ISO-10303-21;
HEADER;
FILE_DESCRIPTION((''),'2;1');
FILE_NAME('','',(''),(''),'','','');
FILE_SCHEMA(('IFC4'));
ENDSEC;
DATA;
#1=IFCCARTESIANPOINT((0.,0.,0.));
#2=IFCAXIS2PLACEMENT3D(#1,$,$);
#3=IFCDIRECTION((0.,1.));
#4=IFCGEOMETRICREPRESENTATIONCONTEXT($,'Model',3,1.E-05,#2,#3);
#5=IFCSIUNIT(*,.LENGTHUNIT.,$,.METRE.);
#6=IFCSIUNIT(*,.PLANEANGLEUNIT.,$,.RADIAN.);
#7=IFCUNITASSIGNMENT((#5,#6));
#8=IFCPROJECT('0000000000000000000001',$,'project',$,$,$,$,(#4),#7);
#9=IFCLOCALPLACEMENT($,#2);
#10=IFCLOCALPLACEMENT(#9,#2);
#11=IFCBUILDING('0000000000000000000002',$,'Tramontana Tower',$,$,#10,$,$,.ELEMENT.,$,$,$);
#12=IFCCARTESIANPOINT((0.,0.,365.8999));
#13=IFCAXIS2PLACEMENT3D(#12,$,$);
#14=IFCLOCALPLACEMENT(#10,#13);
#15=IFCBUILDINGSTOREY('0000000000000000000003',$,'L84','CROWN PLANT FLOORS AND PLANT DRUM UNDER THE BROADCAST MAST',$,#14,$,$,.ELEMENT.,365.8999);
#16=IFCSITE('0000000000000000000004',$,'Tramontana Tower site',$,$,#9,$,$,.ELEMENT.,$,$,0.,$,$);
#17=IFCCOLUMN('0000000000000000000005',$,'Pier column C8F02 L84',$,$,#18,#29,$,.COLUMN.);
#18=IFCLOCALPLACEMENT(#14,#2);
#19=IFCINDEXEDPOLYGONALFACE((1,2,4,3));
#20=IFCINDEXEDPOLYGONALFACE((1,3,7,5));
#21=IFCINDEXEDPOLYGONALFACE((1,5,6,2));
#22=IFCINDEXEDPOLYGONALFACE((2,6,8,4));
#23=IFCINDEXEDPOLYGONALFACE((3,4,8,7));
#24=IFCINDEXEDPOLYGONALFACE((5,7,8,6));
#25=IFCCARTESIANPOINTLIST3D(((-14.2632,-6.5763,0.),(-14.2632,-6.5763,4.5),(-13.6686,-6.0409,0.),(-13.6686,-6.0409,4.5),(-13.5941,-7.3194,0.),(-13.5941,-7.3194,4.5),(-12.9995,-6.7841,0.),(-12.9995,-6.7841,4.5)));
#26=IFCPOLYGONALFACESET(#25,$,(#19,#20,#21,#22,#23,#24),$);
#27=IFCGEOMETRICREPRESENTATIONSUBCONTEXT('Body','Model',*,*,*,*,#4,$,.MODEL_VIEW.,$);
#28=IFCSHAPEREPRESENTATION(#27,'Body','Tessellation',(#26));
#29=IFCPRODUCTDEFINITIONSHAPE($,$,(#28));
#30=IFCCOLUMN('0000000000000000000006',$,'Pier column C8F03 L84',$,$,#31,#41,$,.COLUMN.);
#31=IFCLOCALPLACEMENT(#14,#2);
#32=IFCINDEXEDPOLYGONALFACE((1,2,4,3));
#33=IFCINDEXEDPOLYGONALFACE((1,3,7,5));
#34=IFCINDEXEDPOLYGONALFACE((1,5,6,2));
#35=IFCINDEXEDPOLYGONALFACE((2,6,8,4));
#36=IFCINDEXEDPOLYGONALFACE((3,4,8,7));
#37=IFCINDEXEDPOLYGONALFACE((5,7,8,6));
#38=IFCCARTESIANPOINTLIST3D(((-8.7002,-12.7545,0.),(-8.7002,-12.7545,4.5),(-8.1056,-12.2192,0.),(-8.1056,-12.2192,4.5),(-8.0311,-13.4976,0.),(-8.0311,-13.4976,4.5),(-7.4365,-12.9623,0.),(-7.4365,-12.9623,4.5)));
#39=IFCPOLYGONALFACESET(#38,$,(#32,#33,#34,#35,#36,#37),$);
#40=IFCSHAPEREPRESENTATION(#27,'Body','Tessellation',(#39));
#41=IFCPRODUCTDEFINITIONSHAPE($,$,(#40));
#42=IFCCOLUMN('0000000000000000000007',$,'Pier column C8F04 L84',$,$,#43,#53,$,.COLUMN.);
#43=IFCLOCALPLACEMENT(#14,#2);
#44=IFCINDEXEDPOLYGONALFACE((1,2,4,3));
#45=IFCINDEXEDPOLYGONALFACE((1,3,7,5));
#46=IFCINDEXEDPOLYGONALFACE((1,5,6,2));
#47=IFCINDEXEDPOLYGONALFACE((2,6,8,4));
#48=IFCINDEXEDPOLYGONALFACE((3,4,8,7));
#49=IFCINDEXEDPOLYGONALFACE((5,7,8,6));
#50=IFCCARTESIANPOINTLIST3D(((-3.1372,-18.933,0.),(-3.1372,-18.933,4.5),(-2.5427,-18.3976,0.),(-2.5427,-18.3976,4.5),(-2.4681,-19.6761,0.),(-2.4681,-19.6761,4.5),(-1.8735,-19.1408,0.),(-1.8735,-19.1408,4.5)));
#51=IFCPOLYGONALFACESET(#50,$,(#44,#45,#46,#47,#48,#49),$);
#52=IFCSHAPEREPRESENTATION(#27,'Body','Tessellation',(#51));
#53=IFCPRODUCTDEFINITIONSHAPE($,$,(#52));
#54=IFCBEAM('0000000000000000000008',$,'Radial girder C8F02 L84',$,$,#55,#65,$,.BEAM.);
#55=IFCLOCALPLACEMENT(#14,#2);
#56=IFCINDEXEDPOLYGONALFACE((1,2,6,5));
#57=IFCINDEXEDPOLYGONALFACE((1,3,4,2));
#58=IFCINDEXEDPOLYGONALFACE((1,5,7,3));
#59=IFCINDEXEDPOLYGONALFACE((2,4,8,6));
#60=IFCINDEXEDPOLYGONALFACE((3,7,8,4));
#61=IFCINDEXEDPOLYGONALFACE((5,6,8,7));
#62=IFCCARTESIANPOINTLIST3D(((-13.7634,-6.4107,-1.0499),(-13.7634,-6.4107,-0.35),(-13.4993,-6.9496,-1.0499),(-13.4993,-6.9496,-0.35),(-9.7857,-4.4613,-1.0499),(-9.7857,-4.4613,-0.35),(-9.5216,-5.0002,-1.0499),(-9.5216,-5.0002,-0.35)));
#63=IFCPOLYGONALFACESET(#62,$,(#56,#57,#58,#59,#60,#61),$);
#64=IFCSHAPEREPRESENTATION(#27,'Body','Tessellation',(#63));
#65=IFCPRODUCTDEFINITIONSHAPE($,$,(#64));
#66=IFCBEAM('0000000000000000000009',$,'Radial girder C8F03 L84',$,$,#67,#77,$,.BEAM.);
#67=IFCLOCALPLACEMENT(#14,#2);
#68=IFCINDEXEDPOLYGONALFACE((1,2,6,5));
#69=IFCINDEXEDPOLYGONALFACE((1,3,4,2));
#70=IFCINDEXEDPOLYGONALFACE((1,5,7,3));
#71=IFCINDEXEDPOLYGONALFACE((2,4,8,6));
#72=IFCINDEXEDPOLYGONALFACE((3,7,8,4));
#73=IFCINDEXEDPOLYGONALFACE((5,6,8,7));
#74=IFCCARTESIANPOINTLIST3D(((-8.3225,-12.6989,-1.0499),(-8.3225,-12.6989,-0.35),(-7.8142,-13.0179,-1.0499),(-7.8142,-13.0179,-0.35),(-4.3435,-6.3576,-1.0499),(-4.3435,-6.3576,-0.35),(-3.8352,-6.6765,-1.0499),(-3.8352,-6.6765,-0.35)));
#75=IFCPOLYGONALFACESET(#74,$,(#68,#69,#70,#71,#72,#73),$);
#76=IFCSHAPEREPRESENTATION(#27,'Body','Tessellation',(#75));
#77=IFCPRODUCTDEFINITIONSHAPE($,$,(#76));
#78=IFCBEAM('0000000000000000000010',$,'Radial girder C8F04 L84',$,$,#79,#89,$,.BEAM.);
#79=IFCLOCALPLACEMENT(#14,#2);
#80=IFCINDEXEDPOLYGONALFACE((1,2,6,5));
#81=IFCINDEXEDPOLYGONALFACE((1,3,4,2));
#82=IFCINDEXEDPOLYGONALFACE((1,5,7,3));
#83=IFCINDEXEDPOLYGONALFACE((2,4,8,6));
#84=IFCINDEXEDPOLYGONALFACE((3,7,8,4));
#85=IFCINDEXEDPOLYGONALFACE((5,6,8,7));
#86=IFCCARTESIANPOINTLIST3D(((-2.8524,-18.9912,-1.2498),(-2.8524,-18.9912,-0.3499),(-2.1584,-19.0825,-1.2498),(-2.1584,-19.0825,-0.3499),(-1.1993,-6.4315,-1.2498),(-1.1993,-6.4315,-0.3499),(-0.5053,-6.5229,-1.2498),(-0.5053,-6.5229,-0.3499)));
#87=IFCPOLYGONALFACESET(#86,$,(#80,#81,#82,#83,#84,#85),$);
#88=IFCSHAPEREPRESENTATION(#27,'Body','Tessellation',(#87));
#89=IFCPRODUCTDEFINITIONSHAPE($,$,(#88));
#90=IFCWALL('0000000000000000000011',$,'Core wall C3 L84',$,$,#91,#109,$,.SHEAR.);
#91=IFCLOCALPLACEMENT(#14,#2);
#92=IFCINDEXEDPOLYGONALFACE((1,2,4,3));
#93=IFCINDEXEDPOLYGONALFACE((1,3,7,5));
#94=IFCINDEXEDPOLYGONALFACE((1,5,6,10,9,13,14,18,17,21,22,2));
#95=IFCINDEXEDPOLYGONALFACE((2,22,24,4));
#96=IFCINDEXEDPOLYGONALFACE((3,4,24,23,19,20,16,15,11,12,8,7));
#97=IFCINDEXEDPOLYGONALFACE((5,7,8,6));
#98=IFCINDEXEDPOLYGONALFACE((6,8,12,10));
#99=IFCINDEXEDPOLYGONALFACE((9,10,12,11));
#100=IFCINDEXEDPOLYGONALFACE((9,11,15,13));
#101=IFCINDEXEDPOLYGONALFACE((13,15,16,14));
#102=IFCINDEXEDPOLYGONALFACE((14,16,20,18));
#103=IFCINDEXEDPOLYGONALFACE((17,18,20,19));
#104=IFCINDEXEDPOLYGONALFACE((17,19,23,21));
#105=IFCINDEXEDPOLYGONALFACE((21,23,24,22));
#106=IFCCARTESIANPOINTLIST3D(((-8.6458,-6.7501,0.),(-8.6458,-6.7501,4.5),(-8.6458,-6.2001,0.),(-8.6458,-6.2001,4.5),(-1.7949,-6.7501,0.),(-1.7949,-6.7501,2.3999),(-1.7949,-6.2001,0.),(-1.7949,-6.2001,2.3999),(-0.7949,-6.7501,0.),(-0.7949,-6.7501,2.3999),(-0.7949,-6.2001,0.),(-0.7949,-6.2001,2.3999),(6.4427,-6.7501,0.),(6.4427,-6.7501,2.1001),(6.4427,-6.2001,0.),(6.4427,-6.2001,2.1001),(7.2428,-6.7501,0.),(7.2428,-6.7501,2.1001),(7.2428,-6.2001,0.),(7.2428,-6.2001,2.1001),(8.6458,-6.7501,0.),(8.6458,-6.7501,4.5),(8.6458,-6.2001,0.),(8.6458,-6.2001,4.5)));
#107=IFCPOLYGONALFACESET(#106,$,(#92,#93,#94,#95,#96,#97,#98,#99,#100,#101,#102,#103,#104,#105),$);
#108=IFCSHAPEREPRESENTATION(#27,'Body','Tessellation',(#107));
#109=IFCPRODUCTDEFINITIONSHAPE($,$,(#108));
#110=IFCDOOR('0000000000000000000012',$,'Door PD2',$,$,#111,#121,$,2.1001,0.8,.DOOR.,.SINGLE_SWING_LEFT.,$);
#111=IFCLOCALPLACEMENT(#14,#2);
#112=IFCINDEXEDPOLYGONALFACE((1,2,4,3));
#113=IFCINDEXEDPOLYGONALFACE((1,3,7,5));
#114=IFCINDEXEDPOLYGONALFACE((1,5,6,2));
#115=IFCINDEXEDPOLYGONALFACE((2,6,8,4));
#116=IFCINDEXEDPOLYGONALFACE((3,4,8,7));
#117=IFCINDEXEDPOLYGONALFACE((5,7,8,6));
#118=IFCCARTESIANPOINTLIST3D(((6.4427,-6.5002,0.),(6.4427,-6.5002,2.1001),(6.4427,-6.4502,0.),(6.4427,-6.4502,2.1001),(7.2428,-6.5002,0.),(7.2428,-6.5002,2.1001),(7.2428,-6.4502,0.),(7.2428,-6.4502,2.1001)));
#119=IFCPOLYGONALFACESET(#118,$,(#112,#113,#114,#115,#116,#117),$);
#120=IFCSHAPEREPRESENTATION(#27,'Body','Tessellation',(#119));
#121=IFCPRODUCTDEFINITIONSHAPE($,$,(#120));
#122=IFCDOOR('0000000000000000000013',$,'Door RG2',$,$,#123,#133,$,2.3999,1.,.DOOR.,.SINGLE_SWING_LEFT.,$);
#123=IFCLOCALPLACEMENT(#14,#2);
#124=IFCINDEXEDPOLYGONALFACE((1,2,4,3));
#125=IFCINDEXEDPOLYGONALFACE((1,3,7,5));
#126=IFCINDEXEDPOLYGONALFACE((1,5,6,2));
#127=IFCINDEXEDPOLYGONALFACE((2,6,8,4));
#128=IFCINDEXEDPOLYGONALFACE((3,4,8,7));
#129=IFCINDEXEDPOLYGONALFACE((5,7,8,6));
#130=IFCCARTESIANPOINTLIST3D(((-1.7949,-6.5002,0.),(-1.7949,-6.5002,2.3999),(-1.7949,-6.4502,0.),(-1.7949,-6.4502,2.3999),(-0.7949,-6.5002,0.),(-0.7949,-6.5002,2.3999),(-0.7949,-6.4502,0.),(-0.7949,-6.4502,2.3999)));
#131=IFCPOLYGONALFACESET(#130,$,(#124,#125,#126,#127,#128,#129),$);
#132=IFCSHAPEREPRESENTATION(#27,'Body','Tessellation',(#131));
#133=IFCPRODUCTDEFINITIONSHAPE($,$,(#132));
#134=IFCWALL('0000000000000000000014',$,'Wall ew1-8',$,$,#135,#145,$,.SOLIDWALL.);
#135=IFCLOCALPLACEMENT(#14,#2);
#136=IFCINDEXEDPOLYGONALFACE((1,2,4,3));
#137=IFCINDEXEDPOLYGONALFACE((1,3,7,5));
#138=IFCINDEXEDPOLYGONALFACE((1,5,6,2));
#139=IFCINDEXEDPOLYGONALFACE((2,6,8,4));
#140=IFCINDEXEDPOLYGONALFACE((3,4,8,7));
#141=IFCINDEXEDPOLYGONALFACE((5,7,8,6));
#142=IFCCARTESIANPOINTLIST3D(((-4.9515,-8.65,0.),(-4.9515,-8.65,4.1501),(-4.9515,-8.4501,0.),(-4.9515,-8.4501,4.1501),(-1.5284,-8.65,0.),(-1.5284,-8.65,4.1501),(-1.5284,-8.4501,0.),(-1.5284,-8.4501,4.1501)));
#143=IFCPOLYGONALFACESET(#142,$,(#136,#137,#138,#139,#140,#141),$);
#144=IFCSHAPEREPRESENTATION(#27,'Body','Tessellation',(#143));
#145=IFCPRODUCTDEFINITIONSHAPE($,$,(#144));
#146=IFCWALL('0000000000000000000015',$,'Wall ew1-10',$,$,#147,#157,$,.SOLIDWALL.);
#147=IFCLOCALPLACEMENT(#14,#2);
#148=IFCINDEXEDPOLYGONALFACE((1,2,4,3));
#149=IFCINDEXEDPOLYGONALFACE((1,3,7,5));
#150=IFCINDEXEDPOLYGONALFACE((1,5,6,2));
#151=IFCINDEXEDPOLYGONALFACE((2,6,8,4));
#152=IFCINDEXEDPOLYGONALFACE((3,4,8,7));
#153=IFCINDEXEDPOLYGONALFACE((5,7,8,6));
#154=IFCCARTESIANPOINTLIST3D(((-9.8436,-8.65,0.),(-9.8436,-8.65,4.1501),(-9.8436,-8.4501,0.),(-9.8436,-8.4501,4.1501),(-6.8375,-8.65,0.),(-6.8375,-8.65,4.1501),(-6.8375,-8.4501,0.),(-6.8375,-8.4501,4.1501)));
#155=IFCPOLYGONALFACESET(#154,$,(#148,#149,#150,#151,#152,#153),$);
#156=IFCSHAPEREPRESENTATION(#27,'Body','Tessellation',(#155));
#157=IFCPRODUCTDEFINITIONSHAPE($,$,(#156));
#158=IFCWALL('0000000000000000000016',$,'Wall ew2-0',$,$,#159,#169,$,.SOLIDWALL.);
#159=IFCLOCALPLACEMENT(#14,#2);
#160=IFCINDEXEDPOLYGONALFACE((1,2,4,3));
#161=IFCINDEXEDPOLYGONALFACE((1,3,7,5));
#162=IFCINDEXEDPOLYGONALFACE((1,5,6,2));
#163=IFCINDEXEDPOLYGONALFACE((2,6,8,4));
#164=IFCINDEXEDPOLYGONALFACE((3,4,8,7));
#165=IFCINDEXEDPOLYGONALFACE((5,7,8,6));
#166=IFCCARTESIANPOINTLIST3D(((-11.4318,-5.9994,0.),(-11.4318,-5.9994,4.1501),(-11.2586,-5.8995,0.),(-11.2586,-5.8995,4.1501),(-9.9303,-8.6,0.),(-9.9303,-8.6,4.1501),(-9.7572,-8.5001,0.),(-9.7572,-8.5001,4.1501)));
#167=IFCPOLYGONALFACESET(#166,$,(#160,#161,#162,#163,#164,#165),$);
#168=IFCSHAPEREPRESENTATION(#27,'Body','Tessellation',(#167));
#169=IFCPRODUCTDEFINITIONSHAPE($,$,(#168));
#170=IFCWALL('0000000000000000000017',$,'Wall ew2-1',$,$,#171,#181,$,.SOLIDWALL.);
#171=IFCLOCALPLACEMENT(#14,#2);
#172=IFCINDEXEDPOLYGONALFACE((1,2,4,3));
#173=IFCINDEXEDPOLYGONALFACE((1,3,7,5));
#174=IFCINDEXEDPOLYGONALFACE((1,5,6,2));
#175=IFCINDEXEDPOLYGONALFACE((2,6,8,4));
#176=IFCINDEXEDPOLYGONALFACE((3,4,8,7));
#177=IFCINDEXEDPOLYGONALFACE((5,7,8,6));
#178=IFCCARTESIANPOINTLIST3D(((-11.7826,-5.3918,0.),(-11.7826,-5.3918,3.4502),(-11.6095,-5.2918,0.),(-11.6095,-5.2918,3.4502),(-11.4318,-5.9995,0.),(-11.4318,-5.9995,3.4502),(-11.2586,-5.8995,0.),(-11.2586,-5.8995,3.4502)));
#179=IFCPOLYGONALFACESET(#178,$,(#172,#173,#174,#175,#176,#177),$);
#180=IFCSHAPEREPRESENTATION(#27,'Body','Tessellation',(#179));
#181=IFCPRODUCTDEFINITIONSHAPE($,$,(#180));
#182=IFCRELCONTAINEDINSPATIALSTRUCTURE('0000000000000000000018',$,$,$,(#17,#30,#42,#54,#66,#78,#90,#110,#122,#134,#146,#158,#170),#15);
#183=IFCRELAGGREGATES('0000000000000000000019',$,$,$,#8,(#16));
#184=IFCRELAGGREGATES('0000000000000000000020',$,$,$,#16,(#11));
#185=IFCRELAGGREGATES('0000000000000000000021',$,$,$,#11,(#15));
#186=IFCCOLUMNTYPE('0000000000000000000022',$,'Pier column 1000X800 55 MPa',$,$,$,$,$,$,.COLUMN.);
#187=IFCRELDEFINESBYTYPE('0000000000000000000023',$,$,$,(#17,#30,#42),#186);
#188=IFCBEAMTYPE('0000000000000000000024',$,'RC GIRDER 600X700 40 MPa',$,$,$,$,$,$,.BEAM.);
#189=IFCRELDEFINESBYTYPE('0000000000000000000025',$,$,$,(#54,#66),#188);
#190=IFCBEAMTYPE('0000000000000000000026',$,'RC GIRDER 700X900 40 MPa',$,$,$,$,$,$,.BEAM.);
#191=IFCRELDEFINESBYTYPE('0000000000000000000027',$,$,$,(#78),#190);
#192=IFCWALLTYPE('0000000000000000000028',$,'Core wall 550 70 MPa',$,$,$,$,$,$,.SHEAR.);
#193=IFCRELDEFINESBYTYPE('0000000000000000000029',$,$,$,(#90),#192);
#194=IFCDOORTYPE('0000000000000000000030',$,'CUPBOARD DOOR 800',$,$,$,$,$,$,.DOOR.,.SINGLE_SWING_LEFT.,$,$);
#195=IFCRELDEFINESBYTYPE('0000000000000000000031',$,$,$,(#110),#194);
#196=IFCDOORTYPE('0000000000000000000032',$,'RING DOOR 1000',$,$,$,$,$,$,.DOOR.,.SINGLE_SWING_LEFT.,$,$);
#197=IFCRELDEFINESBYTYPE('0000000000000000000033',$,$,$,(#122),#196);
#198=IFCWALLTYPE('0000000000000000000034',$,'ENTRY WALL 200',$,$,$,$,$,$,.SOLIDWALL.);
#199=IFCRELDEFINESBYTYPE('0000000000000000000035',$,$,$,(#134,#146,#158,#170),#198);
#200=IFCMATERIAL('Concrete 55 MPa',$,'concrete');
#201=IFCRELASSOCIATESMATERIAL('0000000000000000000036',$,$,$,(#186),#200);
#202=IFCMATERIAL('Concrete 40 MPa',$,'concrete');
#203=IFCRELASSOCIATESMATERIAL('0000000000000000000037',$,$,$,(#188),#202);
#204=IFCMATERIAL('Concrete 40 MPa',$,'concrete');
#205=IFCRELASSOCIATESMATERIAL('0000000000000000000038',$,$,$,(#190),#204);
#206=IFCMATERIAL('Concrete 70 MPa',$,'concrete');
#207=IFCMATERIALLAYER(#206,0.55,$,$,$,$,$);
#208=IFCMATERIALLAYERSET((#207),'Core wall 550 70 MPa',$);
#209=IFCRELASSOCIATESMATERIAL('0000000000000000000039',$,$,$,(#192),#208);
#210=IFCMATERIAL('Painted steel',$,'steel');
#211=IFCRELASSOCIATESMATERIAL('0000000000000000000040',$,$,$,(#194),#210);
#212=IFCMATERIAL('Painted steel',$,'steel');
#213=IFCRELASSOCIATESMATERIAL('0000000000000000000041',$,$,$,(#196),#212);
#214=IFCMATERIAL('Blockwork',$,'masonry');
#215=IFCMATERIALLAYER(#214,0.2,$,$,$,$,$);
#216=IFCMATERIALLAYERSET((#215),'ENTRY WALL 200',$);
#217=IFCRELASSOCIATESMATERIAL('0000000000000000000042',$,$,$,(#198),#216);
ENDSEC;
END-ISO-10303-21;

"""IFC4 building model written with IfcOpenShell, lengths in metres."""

from ifc_helpers import new_model, si_unit, direction, frame, frame_2d, origin, origin_2d, place, context, subcontext, project, spatial, rectangle, extrude, material, layer, layer_set, material_profile, profile_set, type_object, element, fill, save


model = new_model("IFC4")

# Units and contexts
model_context = context("Model", 3, precision=1e-05, world=origin(), true_north=direction((0.0, 1.0)))
body_context = subcontext(model_context, "Body", "Model", "MODEL_VIEW")
ifc_project = project(units=[si_unit("LENGTHUNIT", "METRE"), si_unit("PLANEANGLEUNIT", "RADIAN")], contexts=[model_context])

# Site, building, storey
site_placement = place(None, origin())
site = spatial("IfcSite", under=ifc_project, at=site_placement, Name="Tramontana Tower site", CompositionType="ELEMENT", RefElevation=0.0)
building_placement = place(site_placement, origin())
building = spatial("IfcBuilding", under=site, at=building_placement, Name="Tramontana Tower", CompositionType="ELEMENT")
storey_placement = place(building_placement, frame((0.0, 0.0, 365.8999)))
storey = spatial("IfcBuildingStorey", under=building, at=storey_placement, Name="L84", Description="CROWN PLANT FLOORS AND PLANT DRUM UNDER THE BROADCAST MAST", CompositionType="ELEMENT", Elevation=365.8999)

# Columns
ifc_material_1 = material(Name="Concrete 55 MPa", Category="concrete")
ifc_material_profile_1 = material_profile(ifc_material_1, rectangle(XDim=1.0, YDim=0.8, at=origin_2d()), Name="Pier column 1000X800 55 MPa")
ifc_profile_set_1 = profile_set([ifc_material_profile_1], Name="Concrete 55 MPa")
column_type = type_object("IfcColumnType", Name="Pier column 1000X800 55 MPa", PredefinedType="COLUMN", material=ifc_profile_set_1)
for number, where, z_axis, x_axis, name in (
    (1, (-13.6313, -6.6802, 0.0), (0.0, 0.0, 1.0), (0.669131, -0.743145, 0.0), "Pier column C8F02 L84"),
    (2, (-8.0684, -12.8584, 0.0), (0.0, 0.0, 1.0), (0.669131, -0.743145, 0.0), "Pier column C8F03 L84"),
    (3, (-2.5054, -19.0369, 0.0), (0.0, 0.0, 1.0), (0.669131, -0.743145, 0.0), "Pier column C8F04 L84"),
):
    element("IfcColumn", number, at=place(storey_placement, frame(where, z_axis=z_axis, x_axis=x_axis)), inside=storey, type_object=column_type, Name=name, PredefinedType="COLUMN", context=body_context, shape_type="SweptSolid", body=[
        extrude(rectangle(XDim=1.0, YDim=0.8, at=origin_2d()), origin(), (0.0, 0.0, 1.0), 4.5),
    ])

# Beams
ifc_material_2 = material(Name="Concrete 40 MPa", Category="concrete")
ifc_material_profile_2 = material_profile(ifc_material_2, rectangle(XDim=0.6001, YDim=0.7, at=origin_2d()), Name="RC GIRDER 600X700 40 MPa")
ifc_profile_set_2 = profile_set([ifc_material_profile_2], Name="Concrete 40 MPa")
beam_type_1 = type_object("IfcBeamType", Name="RC GIRDER 600X700 40 MPa", PredefinedType="BEAM", material=ifc_profile_set_2)
beam_1_placement = place(storey_placement, frame((-13.6313, -6.6802, -0.7), z_axis=(0.897959, 0.440079, 0.0), x_axis=(-0.440079, 0.897959, 0.0)))
element("IfcBeam", 4, at=beam_1_placement, inside=storey, type_object=beam_type_1, Name="Radial girder C8F02 L84", PredefinedType="BEAM", context=body_context, shape_type="SweptSolid", body=[
    extrude(rectangle(XDim=0.6001, YDim=0.7, at=origin_2d()), origin(), (0.0, 0.0, 1.0), 4.4297),
])
beam_2_placement = place(storey_placement, frame((-8.0684, -12.8584, -0.7), z_axis=(0.531505, 0.847055, 0.0), x_axis=(-0.847055, 0.531505, 0.0)))
element("IfcBeam", 5, at=beam_2_placement, inside=storey, type_object=beam_type_1, Name="Radial girder C8F03 L84", PredefinedType="BEAM", context=body_context, shape_type="SweptSolid", body=[
    extrude(rectangle(XDim=0.6001, YDim=0.7, at=origin_2d()), origin(), (0.0, 0.0, 1.0), 7.4863),
])
ifc_material_3 = material(Name="Concrete 40 MPa", Category="concrete")
ifc_material_profile_3 = material_profile(ifc_material_3, rectangle(XDim=0.7, YDim=0.8999, at=origin_2d()), Name="RC GIRDER 700X900 40 MPa")
ifc_profile_set_3 = profile_set([ifc_material_profile_3], Name="Concrete 40 MPa")
beam_type_2 = type_object("IfcBeamType", Name="RC GIRDER 700X900 40 MPa", PredefinedType="BEAM", material=ifc_profile_set_3)
beam_3_placement = place(storey_placement, frame((-2.5054, -19.0369, -0.7998), z_axis=(0.130493, 0.991449, 0.0), x_axis=(-0.991449, 0.130493, 0.0)))
element("IfcBeam", 6, at=beam_3_placement, inside=storey, type_object=beam_type_2, Name="Radial girder C8F04 L84", PredefinedType="BEAM", context=body_context, shape_type="SweptSolid", body=[
    extrude(rectangle(XDim=0.7, YDim=0.8999, at=origin_2d()), origin(), (0.0, 0.0, 1.0), 12.668),
])

# Wall, openings, doors
ifc_material_4 = material(Name="Concrete 70 MPa", Category="concrete")
ifc_layer_1 = layer(ifc_material_4, 0.55)
ifc_layer_set_1 = layer_set([ifc_layer_1], Name="Core wall 550 70 MPa")
wall_type_1 = type_object("IfcWallType", Name="Core wall 550 70 MPa", PredefinedType="SHEAR", material=ifc_layer_set_1)
wall_1_placement = place(storey_placement, frame((-8.6458, -6.4751, 0.0), z_axis=(0.0, 0.0, 1.0), x_axis=(1.0, 0.0, 0.0)))
wall_1 = element("IfcWall", 7, at=wall_1_placement, inside=storey, type_object=wall_type_1, Name="Core wall C3 L84", PredefinedType="SHEAR", context=body_context, shape_type="SweptSolid", body=[
    extrude(rectangle(XDim=17.2915, YDim=0.55, at=frame_2d((8.6458, 0.0))), origin(), (0.0, 0.0, 1.0), 4.5),
])
opening_1_placement = place(wall_1_placement, frame((6.8508, 0.0, 0.0)))
opening_1 = element("IfcOpeningElement", 8, at=opening_1_placement, cuts=wall_1, PredefinedType="OPENING", context=body_context, shape_type="SweptSolid", body=[
    extrude(rectangle(XDim=1.0, YDim=2.3999, at=frame_2d((0.5, 1.2))), frame((0.0, 0.2849, 0.0), z_axis=(0.0, -1.0, 0.0), x_axis=(1.0, 0.0, 0.0)), (0.0, 0.0, 1.0), 0.5701),
])
opening_2_placement = place(wall_1_placement, frame((15.0886, 0.0, 0.0)))
opening_2 = element("IfcOpeningElement", 9, at=opening_2_placement, cuts=wall_1, PredefinedType="OPENING", context=body_context, shape_type="SweptSolid", body=[
    extrude(rectangle(XDim=0.8, YDim=2.1001, at=frame_2d((0.3999, 1.05))), frame((0.0, 0.2849, 0.0), z_axis=(0.0, -1.0, 0.0), x_axis=(1.0, 0.0, 0.0)), (0.0, 0.0, 1.0), 0.5701),
])
ifc_material_5 = material(Name="Painted steel", Category="steel")
door_type_1 = type_object("IfcDoorType", Name="CUPBOARD DOOR 800", OperationType="SINGLE_SWING_LEFT", PredefinedType="DOOR", material=ifc_material_5)
door_1_placement = place(opening_2_placement, origin())
door_1 = element("IfcDoor", 10, at=door_1_placement, inside=storey, type_object=door_type_1, Name="Door PD2", OperationType="SINGLE_SWING_LEFT", OverallHeight=2.1001, OverallWidth=0.8, PredefinedType="DOOR", context=body_context, shape_type="SweptSolid", body=[
    extrude(rectangle(XDim=0.8, YDim=2.1001, at=frame_2d((0.3999, 1.05))), frame((0.0, 0.0249, 0.0), z_axis=(0.0, -1.0, 0.0), x_axis=(1.0, 0.0, 0.0)), (0.0, 0.0, 1.0), 0.05),
])
fill(opening_2, door_1)
ifc_material_6 = material(Name="Painted steel", Category="steel")
door_type_2 = type_object("IfcDoorType", Name="RING DOOR 1000", OperationType="SINGLE_SWING_LEFT", PredefinedType="DOOR", material=ifc_material_6)
door_2_placement = place(opening_1_placement, origin())
door_2 = element("IfcDoor", 11, at=door_2_placement, inside=storey, type_object=door_type_2, Name="Door RG2", OperationType="SINGLE_SWING_LEFT", OverallHeight=2.3999, OverallWidth=1.0, PredefinedType="DOOR", context=body_context, shape_type="SweptSolid", body=[
    extrude(rectangle(XDim=1.0, YDim=2.3999, at=frame_2d((0.5, 1.2))), frame((0.0, 0.0249, 0.0), z_axis=(0.0, -1.0, 0.0), x_axis=(1.0, 0.0, 0.0)), (0.0, 0.0, 1.0), 0.05),
])
fill(opening_1, door_2)

# Shared definitions
ifc_material_7 = material(Name="Blockwork", Category="masonry")
ifc_layer_2 = layer(ifc_material_7, 0.2)
ifc_layer_set_2 = layer_set([ifc_layer_2], Name="ENTRY WALL 200")
wall_type_2 = type_object("IfcWallType", Name="ENTRY WALL 200", PredefinedType="SOLIDWALL", material=ifc_layer_set_2)

# Wall
wall_2_placement = place(storey_placement, frame((-1.5286, -8.55, 0.0), z_axis=(0.0, 0.0, 1.0), x_axis=(-1.0, 0.0, 0.0)))
element("IfcWall", 12, at=wall_2_placement, inside=storey, type_object=wall_type_2, Name="Wall ew1-8", PredefinedType="SOLIDWALL", context=body_context, shape_type="SweptSolid", body=[
    extrude(rectangle(XDim=3.4231, YDim=0.2, at=frame_2d((1.7114, 0.0))), origin(), (0.0, 0.0, 1.0), 4.1501),
])

# Walls
wall_3_placement = place(storey_placement, frame((-6.8376, -8.55, 0.0), z_axis=(0.0, 0.0, 1.0), x_axis=(-1.0, 0.0, 0.0)))
element("IfcWall", 13, at=wall_3_placement, inside=storey, type_object=wall_type_2, Name="Wall ew1-10", PredefinedType="SOLIDWALL", context=body_context, shape_type="SweptSolid", body=[
    extrude(rectangle(XDim=3.0061, YDim=0.2, at=frame_2d((1.5029, 0.0))), origin(), (0.0, 0.0, 1.0), 4.1501),
])
wall_4_placement = place(storey_placement, frame((-9.8438, -8.55, 0.0), z_axis=(0.0, 0.0, 1.0), x_axis=(-0.500004, 0.866023, 0.0)))
element("IfcWall", 14, at=wall_4_placement, inside=storey, type_object=wall_type_2, Name="Wall ew2-0", PredefinedType="SOLIDWALL", context=body_context, shape_type="SweptSolid", body=[
    extrude(rectangle(XDim=3.0029, YDim=0.2, at=frame_2d((1.5015, 0.0))), origin(), (0.0, 0.0, 1.0), 4.1501),
])
wall_5_placement = place(storey_placement, frame((-11.3452, -5.9495, 0.0), z_axis=(0.0, 0.0, 1.0), x_axis=(-0.499994, 0.866029, 0.0)))
element("IfcWall", 15, at=wall_5_placement, inside=storey, type_object=wall_type_2, Name="Wall ew2-1", PredefinedType="SOLIDWALL", context=body_context, shape_type="SweptSolid", body=[
    extrude(rectangle(XDim=0.7017, YDim=0.2, at=frame_2d((0.3508, 0.0))), origin(), (0.0, 0.0, 1.0), 3.4502),
])

save(model, "model.ifc")
